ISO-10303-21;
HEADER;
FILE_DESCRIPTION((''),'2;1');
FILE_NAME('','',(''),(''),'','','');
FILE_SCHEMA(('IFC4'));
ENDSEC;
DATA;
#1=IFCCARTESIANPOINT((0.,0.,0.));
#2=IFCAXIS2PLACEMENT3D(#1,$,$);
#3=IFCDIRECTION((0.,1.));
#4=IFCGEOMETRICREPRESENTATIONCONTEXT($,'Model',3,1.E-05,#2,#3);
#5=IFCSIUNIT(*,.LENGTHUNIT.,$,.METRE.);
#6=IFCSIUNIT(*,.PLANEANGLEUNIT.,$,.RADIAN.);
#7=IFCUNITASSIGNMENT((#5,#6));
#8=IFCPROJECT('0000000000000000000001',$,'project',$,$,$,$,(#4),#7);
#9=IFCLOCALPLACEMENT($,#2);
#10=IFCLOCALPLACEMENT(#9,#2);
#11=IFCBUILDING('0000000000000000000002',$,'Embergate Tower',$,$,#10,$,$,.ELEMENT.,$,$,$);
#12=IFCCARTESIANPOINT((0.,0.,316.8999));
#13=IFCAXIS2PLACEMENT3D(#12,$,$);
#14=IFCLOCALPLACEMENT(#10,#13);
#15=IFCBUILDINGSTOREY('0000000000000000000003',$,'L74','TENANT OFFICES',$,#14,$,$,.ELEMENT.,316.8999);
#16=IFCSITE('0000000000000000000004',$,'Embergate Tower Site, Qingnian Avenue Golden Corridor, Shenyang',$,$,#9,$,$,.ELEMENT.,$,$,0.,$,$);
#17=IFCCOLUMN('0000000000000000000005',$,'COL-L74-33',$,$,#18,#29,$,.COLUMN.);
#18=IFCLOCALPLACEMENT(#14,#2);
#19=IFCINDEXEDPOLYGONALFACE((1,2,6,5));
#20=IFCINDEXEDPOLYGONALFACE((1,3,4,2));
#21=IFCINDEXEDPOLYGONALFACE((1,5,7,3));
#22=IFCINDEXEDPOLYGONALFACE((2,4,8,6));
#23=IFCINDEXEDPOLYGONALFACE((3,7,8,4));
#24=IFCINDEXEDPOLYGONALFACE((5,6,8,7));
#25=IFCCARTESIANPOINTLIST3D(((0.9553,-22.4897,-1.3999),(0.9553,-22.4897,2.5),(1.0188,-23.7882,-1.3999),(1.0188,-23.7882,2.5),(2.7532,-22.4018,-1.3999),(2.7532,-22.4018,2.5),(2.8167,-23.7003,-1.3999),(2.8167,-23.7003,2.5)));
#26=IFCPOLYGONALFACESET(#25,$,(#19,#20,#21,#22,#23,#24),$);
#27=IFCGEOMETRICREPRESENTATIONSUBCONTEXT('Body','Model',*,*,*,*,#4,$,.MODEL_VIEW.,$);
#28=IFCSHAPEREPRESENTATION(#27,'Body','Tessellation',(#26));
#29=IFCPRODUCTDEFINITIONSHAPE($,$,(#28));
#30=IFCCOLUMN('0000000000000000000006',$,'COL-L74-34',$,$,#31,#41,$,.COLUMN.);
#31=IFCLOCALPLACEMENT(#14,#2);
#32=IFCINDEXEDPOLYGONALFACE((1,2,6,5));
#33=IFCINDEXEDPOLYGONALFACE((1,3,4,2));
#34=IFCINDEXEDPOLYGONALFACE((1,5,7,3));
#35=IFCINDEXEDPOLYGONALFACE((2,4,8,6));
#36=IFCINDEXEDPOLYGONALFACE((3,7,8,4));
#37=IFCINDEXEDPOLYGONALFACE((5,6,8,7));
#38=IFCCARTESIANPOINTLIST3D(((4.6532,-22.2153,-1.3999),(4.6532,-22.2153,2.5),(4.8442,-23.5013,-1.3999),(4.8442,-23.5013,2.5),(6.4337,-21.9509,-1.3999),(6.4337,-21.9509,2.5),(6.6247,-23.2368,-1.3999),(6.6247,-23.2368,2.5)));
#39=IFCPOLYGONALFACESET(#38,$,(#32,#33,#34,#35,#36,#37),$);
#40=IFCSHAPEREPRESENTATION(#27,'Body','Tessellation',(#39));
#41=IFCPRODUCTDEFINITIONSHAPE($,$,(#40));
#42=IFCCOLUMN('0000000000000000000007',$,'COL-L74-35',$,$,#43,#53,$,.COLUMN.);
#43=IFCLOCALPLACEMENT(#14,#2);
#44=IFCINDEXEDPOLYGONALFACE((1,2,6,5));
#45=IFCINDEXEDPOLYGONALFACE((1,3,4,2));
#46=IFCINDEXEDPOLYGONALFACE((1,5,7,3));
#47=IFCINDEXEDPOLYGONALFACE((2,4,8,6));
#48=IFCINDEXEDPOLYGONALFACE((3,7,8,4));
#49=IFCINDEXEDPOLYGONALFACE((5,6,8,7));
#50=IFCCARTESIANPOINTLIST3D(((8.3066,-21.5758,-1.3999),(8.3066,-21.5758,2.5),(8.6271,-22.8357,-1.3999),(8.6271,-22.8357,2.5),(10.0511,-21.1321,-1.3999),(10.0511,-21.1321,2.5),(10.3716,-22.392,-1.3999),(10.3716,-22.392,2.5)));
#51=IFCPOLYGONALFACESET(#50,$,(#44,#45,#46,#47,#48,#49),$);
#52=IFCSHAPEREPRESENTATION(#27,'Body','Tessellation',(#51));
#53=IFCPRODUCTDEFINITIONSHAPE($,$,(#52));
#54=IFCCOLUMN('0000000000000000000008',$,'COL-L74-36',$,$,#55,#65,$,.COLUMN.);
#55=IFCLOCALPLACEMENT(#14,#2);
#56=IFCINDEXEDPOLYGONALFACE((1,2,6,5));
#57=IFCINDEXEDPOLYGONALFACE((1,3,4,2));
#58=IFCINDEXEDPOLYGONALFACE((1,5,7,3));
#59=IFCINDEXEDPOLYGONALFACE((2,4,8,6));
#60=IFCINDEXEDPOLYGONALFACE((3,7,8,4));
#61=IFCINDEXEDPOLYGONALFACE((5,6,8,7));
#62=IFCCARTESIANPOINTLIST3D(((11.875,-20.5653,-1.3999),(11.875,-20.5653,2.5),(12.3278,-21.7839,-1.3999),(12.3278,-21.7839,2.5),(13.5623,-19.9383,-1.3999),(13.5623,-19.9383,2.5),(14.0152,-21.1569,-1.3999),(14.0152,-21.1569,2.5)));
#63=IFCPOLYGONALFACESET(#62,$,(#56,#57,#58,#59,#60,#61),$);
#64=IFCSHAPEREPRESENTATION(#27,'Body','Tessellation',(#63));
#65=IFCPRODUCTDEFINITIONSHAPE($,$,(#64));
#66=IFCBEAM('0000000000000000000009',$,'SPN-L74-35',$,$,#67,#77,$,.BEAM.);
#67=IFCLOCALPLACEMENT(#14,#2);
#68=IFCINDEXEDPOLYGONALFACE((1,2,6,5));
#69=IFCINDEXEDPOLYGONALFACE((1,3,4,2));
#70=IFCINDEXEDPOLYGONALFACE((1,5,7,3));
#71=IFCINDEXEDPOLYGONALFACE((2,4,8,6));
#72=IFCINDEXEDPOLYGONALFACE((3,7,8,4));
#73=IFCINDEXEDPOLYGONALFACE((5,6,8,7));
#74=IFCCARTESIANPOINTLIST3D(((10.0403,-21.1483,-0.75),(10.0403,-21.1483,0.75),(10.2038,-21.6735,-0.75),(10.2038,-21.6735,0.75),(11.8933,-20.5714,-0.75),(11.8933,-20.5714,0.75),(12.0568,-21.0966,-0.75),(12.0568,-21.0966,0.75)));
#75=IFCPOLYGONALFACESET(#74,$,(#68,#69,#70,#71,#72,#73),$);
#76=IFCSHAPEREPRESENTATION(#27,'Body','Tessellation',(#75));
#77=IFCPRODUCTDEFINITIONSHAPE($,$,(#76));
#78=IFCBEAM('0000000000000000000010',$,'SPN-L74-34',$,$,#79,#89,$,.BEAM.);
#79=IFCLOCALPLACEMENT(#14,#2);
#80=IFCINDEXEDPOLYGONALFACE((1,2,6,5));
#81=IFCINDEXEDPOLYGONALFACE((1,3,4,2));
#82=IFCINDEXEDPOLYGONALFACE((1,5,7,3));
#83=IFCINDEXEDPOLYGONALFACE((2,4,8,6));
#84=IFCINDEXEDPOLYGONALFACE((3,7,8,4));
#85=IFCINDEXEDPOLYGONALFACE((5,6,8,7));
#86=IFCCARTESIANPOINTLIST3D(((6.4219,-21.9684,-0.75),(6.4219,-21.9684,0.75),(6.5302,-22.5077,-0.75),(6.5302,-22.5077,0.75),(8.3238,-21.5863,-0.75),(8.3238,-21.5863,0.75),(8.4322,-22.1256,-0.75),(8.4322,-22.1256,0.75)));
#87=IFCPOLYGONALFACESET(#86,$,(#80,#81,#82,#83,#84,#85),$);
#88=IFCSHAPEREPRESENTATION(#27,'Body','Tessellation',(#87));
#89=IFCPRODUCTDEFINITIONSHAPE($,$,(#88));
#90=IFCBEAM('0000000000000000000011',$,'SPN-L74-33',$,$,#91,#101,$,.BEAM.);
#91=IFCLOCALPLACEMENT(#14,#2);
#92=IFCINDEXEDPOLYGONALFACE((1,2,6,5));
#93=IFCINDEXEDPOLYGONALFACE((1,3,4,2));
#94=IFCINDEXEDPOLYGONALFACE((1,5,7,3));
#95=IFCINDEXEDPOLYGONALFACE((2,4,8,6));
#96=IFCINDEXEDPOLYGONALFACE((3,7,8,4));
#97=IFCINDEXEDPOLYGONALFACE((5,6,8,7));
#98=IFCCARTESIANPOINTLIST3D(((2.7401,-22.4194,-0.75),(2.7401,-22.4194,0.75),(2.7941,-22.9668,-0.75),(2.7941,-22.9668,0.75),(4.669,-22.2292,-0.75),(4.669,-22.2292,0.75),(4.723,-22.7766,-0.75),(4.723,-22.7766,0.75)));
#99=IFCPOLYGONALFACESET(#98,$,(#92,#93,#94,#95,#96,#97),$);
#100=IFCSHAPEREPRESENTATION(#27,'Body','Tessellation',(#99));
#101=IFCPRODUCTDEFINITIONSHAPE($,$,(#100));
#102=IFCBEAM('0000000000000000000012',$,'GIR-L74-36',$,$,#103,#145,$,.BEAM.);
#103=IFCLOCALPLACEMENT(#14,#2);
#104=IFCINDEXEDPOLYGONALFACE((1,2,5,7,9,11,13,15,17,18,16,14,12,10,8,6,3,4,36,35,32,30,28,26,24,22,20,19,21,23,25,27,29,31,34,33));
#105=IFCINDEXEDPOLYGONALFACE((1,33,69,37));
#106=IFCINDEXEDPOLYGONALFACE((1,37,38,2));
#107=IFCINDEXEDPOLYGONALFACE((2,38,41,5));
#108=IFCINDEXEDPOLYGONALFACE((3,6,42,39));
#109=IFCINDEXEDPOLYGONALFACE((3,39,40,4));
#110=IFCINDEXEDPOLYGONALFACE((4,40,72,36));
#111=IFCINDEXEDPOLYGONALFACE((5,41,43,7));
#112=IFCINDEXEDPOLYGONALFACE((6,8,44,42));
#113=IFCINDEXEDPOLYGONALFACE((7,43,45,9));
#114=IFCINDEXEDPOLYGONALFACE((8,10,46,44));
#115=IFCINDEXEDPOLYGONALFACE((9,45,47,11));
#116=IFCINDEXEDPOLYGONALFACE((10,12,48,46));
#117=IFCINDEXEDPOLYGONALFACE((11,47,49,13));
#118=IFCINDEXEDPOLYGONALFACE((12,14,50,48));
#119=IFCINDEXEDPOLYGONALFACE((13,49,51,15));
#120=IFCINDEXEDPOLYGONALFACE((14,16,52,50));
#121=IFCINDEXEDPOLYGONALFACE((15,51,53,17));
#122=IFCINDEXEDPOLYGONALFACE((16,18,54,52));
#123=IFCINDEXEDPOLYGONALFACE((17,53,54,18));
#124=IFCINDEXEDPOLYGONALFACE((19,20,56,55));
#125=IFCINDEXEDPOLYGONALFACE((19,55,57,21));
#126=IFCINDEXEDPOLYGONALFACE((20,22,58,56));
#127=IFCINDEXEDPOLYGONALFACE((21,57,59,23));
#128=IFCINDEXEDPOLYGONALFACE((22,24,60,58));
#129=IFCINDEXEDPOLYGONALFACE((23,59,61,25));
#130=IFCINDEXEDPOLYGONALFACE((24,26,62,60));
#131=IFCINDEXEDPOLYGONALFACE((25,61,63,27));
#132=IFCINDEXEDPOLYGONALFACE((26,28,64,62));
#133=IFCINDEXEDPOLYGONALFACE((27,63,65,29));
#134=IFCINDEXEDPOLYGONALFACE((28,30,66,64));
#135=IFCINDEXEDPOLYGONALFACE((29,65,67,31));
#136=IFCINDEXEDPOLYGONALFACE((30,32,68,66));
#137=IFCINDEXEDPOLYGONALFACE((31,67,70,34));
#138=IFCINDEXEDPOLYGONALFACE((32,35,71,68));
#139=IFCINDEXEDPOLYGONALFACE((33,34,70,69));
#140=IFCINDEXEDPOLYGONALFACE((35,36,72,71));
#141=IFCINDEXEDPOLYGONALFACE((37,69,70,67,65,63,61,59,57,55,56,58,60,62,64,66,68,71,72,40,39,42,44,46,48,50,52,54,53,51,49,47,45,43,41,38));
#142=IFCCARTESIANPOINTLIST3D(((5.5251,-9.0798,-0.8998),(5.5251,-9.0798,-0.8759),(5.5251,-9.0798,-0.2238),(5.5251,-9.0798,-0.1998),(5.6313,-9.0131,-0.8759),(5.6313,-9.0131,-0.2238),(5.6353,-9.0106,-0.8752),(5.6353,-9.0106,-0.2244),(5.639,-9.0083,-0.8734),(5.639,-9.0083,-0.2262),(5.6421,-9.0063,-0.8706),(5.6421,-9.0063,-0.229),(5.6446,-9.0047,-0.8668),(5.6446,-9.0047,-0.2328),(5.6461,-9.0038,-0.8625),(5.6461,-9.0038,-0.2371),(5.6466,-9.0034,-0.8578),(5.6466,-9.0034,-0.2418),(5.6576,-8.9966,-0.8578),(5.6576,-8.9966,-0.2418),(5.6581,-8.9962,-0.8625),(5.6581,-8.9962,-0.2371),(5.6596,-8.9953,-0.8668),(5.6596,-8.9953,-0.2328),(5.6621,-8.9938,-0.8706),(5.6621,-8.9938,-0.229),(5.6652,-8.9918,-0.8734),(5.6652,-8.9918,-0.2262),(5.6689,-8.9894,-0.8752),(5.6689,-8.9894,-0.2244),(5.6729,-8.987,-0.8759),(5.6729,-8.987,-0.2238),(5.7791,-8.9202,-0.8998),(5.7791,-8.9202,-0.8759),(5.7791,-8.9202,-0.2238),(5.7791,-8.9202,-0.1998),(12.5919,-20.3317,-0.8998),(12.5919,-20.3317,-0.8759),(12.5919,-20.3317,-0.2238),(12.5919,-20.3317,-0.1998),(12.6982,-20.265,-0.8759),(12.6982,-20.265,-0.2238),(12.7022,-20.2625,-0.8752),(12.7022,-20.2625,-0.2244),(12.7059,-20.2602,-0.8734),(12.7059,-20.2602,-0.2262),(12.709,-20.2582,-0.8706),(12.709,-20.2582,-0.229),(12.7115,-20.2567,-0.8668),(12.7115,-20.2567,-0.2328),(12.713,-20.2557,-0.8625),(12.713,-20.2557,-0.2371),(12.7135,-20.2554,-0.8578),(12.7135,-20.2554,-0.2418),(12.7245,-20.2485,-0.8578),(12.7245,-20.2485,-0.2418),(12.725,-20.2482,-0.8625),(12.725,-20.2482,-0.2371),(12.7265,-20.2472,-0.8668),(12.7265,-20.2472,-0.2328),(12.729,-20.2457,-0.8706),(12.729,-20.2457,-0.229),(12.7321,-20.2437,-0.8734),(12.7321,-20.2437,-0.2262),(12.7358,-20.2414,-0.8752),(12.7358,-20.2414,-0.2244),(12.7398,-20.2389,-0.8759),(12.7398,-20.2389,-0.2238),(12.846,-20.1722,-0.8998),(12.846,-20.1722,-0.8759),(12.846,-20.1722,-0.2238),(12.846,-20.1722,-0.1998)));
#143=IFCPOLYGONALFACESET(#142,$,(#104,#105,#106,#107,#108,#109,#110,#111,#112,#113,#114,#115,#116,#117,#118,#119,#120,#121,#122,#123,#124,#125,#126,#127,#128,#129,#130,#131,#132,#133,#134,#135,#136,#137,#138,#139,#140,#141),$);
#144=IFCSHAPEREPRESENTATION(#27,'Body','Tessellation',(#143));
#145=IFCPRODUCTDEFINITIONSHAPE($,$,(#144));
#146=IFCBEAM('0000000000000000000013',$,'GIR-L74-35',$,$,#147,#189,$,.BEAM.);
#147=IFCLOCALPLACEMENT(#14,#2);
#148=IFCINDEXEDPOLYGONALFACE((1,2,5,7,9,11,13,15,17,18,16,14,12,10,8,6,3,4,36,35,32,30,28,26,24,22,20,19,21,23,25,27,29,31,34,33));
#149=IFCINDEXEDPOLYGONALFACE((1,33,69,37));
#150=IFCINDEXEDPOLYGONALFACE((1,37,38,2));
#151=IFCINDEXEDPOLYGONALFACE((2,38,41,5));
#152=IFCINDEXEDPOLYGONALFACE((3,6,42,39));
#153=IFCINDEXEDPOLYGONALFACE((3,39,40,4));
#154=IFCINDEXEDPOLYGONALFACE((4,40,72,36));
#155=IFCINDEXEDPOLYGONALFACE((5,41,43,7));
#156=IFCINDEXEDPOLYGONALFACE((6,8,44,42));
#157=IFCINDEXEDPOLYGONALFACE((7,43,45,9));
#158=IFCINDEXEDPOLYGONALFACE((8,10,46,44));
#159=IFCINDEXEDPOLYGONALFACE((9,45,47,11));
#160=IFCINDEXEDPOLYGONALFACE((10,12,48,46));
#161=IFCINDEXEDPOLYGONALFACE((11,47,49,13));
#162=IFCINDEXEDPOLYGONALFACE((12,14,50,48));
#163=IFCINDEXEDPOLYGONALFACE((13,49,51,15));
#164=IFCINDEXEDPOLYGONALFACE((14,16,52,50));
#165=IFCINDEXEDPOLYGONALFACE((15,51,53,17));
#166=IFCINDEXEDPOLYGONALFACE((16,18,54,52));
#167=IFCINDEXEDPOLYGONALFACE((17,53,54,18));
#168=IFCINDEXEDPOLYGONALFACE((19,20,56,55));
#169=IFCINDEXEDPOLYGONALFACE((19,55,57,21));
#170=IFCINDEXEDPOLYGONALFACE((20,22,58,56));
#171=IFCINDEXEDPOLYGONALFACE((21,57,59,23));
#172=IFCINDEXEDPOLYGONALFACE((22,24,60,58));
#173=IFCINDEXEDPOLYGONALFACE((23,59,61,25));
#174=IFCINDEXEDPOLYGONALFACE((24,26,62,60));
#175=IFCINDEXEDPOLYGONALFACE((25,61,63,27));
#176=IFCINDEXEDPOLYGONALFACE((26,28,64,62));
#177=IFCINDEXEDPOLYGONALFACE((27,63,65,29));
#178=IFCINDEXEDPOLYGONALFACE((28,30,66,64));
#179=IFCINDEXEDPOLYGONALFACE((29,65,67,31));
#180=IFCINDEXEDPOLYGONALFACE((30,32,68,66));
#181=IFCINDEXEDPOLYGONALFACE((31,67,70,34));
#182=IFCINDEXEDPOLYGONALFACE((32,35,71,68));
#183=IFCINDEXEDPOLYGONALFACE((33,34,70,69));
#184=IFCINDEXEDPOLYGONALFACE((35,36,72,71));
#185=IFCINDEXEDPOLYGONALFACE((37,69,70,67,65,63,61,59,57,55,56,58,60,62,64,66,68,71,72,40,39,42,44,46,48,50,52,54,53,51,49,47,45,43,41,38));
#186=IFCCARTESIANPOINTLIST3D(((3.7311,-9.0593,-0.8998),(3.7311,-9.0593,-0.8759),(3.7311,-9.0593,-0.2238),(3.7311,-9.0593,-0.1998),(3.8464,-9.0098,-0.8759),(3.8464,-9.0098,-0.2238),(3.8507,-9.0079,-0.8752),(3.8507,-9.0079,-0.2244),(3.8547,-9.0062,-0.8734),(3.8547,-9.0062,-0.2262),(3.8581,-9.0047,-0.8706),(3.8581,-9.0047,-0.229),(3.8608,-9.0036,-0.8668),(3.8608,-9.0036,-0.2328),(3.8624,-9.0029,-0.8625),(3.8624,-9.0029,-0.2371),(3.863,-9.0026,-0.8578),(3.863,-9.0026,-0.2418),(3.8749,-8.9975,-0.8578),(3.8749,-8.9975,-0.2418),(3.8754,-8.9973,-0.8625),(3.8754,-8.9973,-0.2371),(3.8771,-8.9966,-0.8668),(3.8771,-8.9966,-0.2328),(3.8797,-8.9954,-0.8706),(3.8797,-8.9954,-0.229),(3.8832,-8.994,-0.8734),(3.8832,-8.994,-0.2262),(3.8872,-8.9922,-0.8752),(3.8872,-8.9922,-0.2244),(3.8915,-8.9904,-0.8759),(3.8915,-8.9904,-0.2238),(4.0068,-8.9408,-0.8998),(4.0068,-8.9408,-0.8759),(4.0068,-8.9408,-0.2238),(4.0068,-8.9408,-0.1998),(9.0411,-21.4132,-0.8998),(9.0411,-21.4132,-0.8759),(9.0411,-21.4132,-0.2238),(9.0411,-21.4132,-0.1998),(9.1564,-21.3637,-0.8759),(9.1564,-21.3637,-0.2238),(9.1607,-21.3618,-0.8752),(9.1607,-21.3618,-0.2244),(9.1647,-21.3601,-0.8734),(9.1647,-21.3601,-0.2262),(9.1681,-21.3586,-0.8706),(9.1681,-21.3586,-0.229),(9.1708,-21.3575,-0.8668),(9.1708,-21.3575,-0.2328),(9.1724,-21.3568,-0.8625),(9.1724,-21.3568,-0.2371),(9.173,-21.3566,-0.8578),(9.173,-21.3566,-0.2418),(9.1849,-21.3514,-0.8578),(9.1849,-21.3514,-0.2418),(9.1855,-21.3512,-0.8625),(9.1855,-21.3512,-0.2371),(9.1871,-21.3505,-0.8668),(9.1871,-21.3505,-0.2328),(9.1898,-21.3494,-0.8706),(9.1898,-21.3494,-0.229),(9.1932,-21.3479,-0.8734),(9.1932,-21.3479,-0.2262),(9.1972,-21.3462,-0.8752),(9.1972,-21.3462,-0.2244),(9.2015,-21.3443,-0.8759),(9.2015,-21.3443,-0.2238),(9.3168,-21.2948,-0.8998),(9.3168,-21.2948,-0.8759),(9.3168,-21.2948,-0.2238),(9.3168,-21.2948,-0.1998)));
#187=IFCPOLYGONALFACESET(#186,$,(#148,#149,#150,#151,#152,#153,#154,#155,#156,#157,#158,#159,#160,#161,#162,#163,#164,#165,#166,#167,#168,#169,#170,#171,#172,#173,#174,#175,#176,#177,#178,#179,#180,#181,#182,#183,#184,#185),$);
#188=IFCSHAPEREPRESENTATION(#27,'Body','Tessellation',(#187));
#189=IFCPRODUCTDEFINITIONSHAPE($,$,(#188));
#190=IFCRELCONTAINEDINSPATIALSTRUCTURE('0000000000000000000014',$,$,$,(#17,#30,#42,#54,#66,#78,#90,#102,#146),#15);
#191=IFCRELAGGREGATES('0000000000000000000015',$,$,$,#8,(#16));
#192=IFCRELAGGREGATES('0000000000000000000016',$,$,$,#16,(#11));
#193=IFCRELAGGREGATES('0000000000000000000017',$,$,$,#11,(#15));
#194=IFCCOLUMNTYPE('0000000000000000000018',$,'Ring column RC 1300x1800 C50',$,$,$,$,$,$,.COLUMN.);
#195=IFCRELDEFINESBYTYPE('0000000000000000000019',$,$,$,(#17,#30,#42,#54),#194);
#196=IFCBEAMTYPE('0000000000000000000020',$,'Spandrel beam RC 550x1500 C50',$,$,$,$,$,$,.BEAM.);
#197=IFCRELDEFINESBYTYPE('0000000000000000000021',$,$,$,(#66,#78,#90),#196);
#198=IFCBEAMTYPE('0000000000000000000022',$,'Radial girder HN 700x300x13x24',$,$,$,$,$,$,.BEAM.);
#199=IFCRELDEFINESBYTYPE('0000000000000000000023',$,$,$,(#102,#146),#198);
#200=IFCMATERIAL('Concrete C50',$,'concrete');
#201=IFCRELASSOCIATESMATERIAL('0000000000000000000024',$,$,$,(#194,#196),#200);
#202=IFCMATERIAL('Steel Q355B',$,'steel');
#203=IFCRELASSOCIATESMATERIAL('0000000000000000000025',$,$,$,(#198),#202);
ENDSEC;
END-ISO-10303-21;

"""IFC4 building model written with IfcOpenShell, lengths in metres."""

from ifc_helpers import new_model, si_unit, direction, frame, origin, origin_2d, place, context, subcontext, project, spatial, rectangle, i_section, extrude, source, transform, mapped, material, material_profile, profile_set, type_object, element, save


model = new_model("IFC4")

# Units and contexts
model_context = context("Model", 3, precision=1e-05, world=origin(), true_north=direction((0.0, 1.0)))
body_context = subcontext(model_context, "Body", "Model", "MODEL_VIEW")
ifc_project = project(units=[si_unit("LENGTHUNIT", "METRE"), si_unit("PLANEANGLEUNIT", "RADIAN")], contexts=[model_context])

# Site, building, storey
site_placement = place(None, origin())
site = spatial("IfcSite", under=ifc_project, at=site_placement, Name="Embergate Tower Site, Qingnian Avenue Golden Corridor, Shenyang", CompositionType="ELEMENT", RefElevation=0.0)
building_placement = place(site_placement, origin())
building = spatial("IfcBuilding", under=site, at=building_placement, Name="Embergate Tower", CompositionType="ELEMENT")
storey_placement = place(building_placement, frame((0.0, 0.0, 316.8999)))
storey = spatial("IfcBuildingStorey", under=building, at=storey_placement, Name="L74", Description="TENANT OFFICES", CompositionType="ELEMENT", Elevation=316.8999)

# Columns
ifc_material_1 = material(Name="Concrete C50", Category="concrete")
ifc_material_profile_1 = material_profile(ifc_material_1, rectangle(XDim=1.3, YDim=1.8, at=origin_2d()), Name="RC 1300x1800")
ifc_profile_set_1 = profile_set([ifc_material_profile_1], Name="Concrete C50")
column_type = type_object("IfcColumnType", Name="Ring column RC 1300x1800 C50", PredefinedType="COLUMN", material=ifc_profile_set_1)
shared_shape_1 = source(origin(), body_context, "Body", "SweptSolid", [
    extrude(rectangle(XDim=1.3, YDim=1.8, at=origin_2d()), origin(), (0.0, 0.0, 1.0), 3.8999),
])
for number, where, z_axis, x_axis, name in (
    (1, (1.886, -23.095, -1.3999), (0.0, 0.0, 1.0), (0.048815, -0.998808, 0.0), "COL-L74-33"),
    (2, (5.6389, -22.7261, -1.3999), (0.0, 0.0, 1.0), (0.146929, -0.989147, 0.0), "COL-L74-34"),
    (3, (9.3391, -21.9839, -1.3999), (0.0, 0.0, 1.0), (0.246509, -0.969141, 0.0), "COL-L74-35"),
    (4, (12.9451, -20.8611, -1.3999), (0.0, 0.0, 1.0), (0.348343, -0.937367, 0.0), "COL-L74-36"),
):
    element("IfcColumn", number, at=place(storey_placement, frame(where, z_axis=z_axis, x_axis=x_axis)), inside=storey, type_object=column_type, Name=name, PredefinedType="COLUMN", context=body_context, shape_type="MappedRepresentation", body=[
        mapped(shared_shape_1, transform((0.0, 0.0, 0.0))),
    ])

# Beams
ifc_material_profile_2 = material_profile(ifc_material_1, rectangle(XDim=0.55, YDim=1.5, at=origin_2d()), Name="RC 550x1500")
ifc_profile_set_2 = profile_set([ifc_material_profile_2], Name="Concrete C50")
beam_type_1 = type_object("IfcBeamType", Name="Spandrel beam RC 550x1500 C50", PredefinedType="BEAM", material=ifc_profile_set_2)
shared_shape_2 = source(origin(), body_context, "Body", "SweptSolid", [
    extrude(rectangle(XDim=0.55, YDim=1.5, at=origin_2d()), origin(), (0.0, 0.0, 1.0), 1.9407),
])
beam_1_placement = place(storey_placement, frame((10.1221, -21.4109, 0.0), z_axis=(0.954797, 0.297258, 0.0), x_axis=(-0.297258, 0.954797, 0.0)))
element("IfcBeam", 5, at=beam_1_placement, inside=storey, type_object=beam_type_1, Name="SPN-L74-35", PredefinedType="BEAM", context=body_context, shape_type="MappedRepresentation", body=[
    mapped(shared_shape_2, transform((0.0, 0.0, 0.0))),
])
shared_shape_3 = source(origin(), body_context, "Body", "SweptSolid", [
    extrude(rectangle(XDim=0.55, YDim=1.5, at=origin_2d()), origin(), (0.0, 0.0, 1.0), 1.9399),
])
beam_2_placement = place(storey_placement, frame((6.4761, -22.238, 0.0), z_axis=(0.980411, 0.196963, 0.0), x_axis=(-0.196963, 0.980411, 0.0)))
element("IfcBeam", 6, at=beam_2_placement, inside=storey, type_object=beam_type_1, Name="SPN-L74-34", PredefinedType="BEAM", context=body_context, shape_type="MappedRepresentation", body=[
    mapped(shared_shape_3, transform((0.0, 0.0, 0.0))),
])
shared_shape_4 = source(origin(), body_context, "Body", "SweptSolid", [
    extrude(rectangle(XDim=0.55, YDim=1.5, at=origin_2d()), origin(), (0.0, 0.0, 1.0), 1.9382),
])
beam_3_placement = place(storey_placement, frame((2.7671, -22.6931, 0.0), z_axis=(0.995175, 0.098119, 0.0), x_axis=(-0.098119, 0.995175, 0.0)))
element("IfcBeam", 7, at=beam_3_placement, inside=storey, type_object=beam_type_1, Name="SPN-L74-33", PredefinedType="BEAM", context=body_context, shape_type="MappedRepresentation", body=[
    mapped(shared_shape_4, transform((0.0, 0.0, 0.0))),
])
ifc_material_2 = material(Name="Steel Q355B", Category="steel")
ifc_material_profile_3 = material_profile(ifc_material_2, i_section(OverallWidth=0.3, OverallDepth=0.7, WebThickness=0.0129, FlangeThickness=0.0239, FilletRadius=0.0181, at=origin_2d()), Name="HN 700x300x13x24")
ifc_profile_set_3 = profile_set([ifc_material_profile_3], Name="Steel Q355 grade B")
beam_type_2 = type_object("IfcBeamType", Name="Radial girder HN 700x300x13x24", PredefinedType="BEAM", material=ifc_profile_set_3)
shared_shape_5 = source(origin(), body_context, "Body", "SweptSolid", [
    extrude(i_section(OverallWidth=0.3, OverallDepth=0.7, WebThickness=0.0129, FlangeThickness=0.0239, FilletRadius=0.0181, at=origin_2d()), origin(), (0.0, 0.0, 1.0), 13.2871),
])
beam_4_placement = place(storey_placement, frame((12.719, -20.252, -0.5498), z_axis=(-0.531861, 0.846832, 0.0), x_axis=(-0.846832, -0.531861, 0.0)))
element("IfcBeam", 8, at=beam_4_placement, inside=storey, type_object=beam_type_2, Name="GIR-L74-36", PredefinedType="BEAM", context=body_context, shape_type="MappedRepresentation", body=[
    mapped(shared_shape_5, transform((0.0, 0.0, 0.0))),
])
shared_shape_6 = source(origin(), body_context, "Body", "SweptSolid", [
    extrude(i_section(OverallWidth=0.3, OverallDepth=0.7, WebThickness=0.0129, FlangeThickness=0.0239, FilletRadius=0.0181, at=origin_2d()), origin(), (0.0, 0.0, 1.0), 13.4468),
])
beam_5_placement = place(storey_placement, frame((9.179, -21.354, -0.5498), z_axis=(-0.394892, 0.918728, 0.0), x_axis=(-0.918728, -0.394892, 0.0)))
element("IfcBeam", 9, at=beam_5_placement, inside=storey, type_object=beam_type_2, Name="GIR-L74-35", PredefinedType="BEAM", context=body_context, shape_type="MappedRepresentation", body=[
    mapped(shared_shape_6, transform((0.0, 0.0, 0.0))),
])

save(model, "model.ifc")
